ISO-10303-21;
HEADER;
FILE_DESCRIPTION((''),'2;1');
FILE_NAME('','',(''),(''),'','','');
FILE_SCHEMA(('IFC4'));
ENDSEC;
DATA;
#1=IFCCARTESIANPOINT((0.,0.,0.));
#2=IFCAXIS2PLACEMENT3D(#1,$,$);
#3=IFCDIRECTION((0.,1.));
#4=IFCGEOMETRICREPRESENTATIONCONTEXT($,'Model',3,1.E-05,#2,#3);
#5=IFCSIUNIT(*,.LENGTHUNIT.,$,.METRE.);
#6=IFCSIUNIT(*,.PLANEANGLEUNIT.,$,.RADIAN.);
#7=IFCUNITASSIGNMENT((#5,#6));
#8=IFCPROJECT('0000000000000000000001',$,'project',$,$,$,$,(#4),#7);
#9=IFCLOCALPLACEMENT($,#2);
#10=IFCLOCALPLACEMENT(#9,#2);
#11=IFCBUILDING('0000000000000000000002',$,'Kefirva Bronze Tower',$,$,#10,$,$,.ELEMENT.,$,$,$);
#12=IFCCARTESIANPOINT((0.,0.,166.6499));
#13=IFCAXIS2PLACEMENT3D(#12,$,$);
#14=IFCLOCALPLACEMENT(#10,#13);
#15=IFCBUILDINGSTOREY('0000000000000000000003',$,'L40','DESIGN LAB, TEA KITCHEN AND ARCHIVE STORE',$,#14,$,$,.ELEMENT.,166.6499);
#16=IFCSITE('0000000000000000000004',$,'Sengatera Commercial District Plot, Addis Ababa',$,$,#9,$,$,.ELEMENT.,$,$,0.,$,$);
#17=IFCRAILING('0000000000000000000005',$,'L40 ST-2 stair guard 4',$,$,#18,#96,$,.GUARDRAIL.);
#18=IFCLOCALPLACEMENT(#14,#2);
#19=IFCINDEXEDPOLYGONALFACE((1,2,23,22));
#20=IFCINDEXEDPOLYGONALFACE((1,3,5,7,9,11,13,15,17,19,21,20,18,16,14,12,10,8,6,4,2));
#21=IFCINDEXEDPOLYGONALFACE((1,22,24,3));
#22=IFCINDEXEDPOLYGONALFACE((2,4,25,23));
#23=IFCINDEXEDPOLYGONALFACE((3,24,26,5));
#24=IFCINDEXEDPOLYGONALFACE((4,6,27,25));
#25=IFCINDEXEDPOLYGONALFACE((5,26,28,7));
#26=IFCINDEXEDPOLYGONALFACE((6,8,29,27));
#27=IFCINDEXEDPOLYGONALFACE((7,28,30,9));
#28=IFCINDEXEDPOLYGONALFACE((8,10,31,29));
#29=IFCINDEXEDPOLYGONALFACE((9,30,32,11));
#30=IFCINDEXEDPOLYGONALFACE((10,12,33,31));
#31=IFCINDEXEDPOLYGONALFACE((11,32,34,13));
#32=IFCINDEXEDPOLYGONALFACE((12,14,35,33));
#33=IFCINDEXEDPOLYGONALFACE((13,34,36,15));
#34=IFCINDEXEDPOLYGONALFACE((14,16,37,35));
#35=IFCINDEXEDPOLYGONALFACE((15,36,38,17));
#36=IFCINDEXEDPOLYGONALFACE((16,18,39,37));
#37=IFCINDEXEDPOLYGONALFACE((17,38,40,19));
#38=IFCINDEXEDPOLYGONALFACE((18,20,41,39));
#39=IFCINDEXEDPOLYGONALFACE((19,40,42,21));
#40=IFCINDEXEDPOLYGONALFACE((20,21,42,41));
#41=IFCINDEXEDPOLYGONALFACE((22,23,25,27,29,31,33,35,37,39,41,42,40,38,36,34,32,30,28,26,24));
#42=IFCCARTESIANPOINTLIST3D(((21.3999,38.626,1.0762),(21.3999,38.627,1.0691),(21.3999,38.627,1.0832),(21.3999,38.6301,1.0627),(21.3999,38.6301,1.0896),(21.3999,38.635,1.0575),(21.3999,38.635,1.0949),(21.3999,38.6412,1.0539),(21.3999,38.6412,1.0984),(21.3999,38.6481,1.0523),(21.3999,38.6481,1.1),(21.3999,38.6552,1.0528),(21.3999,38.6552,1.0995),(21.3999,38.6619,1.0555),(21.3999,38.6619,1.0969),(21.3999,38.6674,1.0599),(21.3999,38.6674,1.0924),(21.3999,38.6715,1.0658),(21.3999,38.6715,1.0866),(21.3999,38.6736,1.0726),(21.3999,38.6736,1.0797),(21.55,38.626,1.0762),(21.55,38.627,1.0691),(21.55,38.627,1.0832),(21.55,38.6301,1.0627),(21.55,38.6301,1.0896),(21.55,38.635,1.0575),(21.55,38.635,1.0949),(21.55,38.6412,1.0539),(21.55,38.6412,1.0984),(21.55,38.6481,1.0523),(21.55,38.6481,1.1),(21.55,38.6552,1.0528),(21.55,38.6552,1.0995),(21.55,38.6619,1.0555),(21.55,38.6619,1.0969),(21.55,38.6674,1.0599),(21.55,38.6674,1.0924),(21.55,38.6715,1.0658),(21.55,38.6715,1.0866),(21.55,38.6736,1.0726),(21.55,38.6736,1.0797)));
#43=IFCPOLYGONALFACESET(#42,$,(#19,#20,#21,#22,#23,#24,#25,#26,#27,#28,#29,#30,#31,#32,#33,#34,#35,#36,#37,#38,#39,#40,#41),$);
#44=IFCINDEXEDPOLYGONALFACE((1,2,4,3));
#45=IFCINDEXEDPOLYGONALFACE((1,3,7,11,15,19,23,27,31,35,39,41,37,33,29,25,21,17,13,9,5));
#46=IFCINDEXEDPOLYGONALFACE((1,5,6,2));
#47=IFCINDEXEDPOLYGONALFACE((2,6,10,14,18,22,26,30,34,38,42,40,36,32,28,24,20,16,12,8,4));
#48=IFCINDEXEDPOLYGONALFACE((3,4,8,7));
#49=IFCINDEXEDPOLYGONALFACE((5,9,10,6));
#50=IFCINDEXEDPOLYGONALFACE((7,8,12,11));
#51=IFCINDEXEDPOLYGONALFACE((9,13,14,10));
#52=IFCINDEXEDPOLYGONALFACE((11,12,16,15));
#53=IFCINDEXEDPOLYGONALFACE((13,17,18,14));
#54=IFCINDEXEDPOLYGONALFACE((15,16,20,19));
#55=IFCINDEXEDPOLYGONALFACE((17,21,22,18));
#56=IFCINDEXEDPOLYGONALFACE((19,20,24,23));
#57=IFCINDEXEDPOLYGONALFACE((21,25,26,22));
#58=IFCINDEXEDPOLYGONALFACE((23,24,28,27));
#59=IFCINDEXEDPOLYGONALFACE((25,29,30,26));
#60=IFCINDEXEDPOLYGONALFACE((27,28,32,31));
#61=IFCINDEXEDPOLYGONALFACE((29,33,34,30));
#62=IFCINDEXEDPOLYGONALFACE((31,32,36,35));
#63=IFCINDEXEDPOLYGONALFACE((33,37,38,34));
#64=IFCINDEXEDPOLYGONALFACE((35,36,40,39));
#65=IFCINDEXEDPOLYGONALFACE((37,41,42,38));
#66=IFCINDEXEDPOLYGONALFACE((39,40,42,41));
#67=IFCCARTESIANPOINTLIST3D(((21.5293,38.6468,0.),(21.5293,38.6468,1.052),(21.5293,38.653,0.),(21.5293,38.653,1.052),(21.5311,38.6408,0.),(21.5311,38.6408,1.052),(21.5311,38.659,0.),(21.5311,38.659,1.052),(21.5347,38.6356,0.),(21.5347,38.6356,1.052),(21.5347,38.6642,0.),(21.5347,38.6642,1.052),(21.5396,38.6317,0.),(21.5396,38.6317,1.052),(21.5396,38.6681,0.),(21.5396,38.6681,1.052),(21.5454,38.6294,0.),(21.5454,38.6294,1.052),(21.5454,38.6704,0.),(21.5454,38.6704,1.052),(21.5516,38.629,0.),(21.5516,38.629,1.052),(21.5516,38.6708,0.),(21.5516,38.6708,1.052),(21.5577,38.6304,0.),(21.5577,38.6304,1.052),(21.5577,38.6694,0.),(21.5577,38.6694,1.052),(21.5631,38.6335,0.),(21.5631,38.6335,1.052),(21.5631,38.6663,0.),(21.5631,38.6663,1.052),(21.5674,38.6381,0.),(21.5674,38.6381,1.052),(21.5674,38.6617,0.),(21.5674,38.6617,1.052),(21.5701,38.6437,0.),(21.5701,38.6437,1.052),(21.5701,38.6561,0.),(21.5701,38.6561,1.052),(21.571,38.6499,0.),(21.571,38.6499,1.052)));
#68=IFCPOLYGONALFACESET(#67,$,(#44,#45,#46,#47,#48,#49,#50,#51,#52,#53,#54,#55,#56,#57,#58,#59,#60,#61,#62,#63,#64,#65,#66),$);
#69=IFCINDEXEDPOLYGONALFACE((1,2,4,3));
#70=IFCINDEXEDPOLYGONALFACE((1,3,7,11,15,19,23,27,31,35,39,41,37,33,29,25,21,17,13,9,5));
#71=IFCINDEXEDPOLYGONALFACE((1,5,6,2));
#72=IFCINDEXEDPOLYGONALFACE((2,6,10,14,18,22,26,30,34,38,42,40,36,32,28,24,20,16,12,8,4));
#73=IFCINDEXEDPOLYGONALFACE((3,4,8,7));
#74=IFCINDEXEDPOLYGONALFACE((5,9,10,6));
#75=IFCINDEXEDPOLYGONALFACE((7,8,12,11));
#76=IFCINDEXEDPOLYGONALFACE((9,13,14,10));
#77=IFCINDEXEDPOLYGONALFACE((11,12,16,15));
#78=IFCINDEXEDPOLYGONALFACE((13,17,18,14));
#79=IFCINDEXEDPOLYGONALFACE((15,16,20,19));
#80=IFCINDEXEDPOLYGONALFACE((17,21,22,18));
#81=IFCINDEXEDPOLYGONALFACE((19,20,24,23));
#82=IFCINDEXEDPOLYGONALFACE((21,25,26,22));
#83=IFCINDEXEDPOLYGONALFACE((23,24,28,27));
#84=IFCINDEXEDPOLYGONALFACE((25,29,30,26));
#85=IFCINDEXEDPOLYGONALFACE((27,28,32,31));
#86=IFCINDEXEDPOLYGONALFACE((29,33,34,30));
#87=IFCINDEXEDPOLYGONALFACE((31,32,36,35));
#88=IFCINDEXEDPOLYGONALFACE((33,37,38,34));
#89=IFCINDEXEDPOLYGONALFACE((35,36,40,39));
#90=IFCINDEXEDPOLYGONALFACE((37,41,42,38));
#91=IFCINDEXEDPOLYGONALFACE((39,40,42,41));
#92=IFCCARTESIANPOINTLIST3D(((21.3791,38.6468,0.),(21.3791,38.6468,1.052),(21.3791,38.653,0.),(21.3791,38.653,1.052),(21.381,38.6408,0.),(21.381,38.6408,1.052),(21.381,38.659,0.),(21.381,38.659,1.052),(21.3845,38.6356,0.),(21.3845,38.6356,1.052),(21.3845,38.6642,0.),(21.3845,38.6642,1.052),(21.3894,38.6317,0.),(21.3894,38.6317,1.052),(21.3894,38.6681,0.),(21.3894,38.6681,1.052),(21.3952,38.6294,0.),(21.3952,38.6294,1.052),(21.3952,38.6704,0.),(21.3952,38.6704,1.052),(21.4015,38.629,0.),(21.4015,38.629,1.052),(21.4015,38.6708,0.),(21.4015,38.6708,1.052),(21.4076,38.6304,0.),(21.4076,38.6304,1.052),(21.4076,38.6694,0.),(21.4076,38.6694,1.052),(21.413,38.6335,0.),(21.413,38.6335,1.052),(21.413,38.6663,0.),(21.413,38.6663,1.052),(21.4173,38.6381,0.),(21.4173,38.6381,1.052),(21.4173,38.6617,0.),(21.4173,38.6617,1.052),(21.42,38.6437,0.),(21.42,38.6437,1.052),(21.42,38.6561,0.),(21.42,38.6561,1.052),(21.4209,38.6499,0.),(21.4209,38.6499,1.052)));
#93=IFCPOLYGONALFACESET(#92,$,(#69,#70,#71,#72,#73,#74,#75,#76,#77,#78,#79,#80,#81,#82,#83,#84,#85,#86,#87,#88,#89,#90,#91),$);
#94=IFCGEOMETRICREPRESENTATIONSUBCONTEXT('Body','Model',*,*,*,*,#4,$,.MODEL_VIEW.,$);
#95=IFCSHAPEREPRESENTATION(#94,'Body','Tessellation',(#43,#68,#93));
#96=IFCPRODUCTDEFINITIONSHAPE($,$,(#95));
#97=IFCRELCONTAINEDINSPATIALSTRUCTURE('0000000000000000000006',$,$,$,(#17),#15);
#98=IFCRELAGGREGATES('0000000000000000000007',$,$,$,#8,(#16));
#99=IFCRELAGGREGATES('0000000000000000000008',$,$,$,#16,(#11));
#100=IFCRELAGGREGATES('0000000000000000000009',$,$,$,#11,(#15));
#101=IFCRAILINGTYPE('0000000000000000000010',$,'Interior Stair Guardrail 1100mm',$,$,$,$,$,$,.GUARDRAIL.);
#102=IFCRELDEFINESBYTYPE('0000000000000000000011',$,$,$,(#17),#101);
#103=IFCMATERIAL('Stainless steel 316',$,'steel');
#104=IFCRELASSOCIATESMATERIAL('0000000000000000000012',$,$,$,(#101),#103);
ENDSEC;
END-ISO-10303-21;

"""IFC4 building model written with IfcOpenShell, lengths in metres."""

from ifc_helpers import new_model, si_unit, direction, frame, origin, origin_2d, place, context, subcontext, project, spatial, circle, extrude, material, type_object, element, save


model = new_model("IFC4")

# Units and contexts
model_context = context("Model", 3, precision=1e-05, world=origin(), true_north=direction((0.0, 1.0)))
body_context = subcontext(model_context, "Body", "Model", "MODEL_VIEW")
ifc_project = project(units=[si_unit("LENGTHUNIT", "METRE"), si_unit("PLANEANGLEUNIT", "RADIAN")], contexts=[model_context])

# Site, building, storey
site_placement = place(None, origin())
site = spatial("IfcSite", under=ifc_project, at=site_placement, Name="Sengatera Commercial District Plot, Addis Ababa", CompositionType="ELEMENT", RefElevation=0.0)
building_placement = place(site_placement, origin())
building = spatial("IfcBuilding", under=site, at=building_placement, Name="Kefirva Bronze Tower", CompositionType="ELEMENT")
storey_placement = place(building_placement, frame((0.0, 0.0, 166.6499)))
storey = spatial("IfcBuildingStorey", under=building, at=storey_placement, Name="L40", Description="DESIGN LAB, TEA KITCHEN AND ARCHIVE STORE", CompositionType="ELEMENT", Elevation=166.6499)

# Railing
ifc_material_1 = material(Name="Stainless steel 316", Category="steel")
railing_type_1 = type_object("IfcRailingType", Name="Interior Stair Guardrail 1100mm", PredefinedType="GUARDRAIL", material=ifc_material_1)
railing_1_placement = place(storey_placement, frame((21.55, 38.6499, 0.0)))
element("IfcRailing", 1, at=railing_1_placement, inside=storey, type_object=railing_type_1, Name="L40 ST-2 stair guard 4", PredefinedType="GUARDRAIL", context=body_context, shape_type="SweptSolid", body=[
    extrude(circle(Radius=0.0239, at=origin_2d()), frame((0.0, 0.0, 1.0762), z_axis=(-1.0, 0.0, 0.0), x_axis=(0.0, -1.0, 0.0)), (0.0, 0.0, 1.0), 0.1501),
    extrude(circle(Radius=0.021, at=origin_2d()), origin(), (0.0, 0.0, 1.0), 1.052),
    extrude(circle(Radius=0.021, at=origin_2d()), frame((-0.1501, 0.0, 0.0)), (0.0, 0.0, 1.0), 1.052),
])

save(model, "model.ifc")
